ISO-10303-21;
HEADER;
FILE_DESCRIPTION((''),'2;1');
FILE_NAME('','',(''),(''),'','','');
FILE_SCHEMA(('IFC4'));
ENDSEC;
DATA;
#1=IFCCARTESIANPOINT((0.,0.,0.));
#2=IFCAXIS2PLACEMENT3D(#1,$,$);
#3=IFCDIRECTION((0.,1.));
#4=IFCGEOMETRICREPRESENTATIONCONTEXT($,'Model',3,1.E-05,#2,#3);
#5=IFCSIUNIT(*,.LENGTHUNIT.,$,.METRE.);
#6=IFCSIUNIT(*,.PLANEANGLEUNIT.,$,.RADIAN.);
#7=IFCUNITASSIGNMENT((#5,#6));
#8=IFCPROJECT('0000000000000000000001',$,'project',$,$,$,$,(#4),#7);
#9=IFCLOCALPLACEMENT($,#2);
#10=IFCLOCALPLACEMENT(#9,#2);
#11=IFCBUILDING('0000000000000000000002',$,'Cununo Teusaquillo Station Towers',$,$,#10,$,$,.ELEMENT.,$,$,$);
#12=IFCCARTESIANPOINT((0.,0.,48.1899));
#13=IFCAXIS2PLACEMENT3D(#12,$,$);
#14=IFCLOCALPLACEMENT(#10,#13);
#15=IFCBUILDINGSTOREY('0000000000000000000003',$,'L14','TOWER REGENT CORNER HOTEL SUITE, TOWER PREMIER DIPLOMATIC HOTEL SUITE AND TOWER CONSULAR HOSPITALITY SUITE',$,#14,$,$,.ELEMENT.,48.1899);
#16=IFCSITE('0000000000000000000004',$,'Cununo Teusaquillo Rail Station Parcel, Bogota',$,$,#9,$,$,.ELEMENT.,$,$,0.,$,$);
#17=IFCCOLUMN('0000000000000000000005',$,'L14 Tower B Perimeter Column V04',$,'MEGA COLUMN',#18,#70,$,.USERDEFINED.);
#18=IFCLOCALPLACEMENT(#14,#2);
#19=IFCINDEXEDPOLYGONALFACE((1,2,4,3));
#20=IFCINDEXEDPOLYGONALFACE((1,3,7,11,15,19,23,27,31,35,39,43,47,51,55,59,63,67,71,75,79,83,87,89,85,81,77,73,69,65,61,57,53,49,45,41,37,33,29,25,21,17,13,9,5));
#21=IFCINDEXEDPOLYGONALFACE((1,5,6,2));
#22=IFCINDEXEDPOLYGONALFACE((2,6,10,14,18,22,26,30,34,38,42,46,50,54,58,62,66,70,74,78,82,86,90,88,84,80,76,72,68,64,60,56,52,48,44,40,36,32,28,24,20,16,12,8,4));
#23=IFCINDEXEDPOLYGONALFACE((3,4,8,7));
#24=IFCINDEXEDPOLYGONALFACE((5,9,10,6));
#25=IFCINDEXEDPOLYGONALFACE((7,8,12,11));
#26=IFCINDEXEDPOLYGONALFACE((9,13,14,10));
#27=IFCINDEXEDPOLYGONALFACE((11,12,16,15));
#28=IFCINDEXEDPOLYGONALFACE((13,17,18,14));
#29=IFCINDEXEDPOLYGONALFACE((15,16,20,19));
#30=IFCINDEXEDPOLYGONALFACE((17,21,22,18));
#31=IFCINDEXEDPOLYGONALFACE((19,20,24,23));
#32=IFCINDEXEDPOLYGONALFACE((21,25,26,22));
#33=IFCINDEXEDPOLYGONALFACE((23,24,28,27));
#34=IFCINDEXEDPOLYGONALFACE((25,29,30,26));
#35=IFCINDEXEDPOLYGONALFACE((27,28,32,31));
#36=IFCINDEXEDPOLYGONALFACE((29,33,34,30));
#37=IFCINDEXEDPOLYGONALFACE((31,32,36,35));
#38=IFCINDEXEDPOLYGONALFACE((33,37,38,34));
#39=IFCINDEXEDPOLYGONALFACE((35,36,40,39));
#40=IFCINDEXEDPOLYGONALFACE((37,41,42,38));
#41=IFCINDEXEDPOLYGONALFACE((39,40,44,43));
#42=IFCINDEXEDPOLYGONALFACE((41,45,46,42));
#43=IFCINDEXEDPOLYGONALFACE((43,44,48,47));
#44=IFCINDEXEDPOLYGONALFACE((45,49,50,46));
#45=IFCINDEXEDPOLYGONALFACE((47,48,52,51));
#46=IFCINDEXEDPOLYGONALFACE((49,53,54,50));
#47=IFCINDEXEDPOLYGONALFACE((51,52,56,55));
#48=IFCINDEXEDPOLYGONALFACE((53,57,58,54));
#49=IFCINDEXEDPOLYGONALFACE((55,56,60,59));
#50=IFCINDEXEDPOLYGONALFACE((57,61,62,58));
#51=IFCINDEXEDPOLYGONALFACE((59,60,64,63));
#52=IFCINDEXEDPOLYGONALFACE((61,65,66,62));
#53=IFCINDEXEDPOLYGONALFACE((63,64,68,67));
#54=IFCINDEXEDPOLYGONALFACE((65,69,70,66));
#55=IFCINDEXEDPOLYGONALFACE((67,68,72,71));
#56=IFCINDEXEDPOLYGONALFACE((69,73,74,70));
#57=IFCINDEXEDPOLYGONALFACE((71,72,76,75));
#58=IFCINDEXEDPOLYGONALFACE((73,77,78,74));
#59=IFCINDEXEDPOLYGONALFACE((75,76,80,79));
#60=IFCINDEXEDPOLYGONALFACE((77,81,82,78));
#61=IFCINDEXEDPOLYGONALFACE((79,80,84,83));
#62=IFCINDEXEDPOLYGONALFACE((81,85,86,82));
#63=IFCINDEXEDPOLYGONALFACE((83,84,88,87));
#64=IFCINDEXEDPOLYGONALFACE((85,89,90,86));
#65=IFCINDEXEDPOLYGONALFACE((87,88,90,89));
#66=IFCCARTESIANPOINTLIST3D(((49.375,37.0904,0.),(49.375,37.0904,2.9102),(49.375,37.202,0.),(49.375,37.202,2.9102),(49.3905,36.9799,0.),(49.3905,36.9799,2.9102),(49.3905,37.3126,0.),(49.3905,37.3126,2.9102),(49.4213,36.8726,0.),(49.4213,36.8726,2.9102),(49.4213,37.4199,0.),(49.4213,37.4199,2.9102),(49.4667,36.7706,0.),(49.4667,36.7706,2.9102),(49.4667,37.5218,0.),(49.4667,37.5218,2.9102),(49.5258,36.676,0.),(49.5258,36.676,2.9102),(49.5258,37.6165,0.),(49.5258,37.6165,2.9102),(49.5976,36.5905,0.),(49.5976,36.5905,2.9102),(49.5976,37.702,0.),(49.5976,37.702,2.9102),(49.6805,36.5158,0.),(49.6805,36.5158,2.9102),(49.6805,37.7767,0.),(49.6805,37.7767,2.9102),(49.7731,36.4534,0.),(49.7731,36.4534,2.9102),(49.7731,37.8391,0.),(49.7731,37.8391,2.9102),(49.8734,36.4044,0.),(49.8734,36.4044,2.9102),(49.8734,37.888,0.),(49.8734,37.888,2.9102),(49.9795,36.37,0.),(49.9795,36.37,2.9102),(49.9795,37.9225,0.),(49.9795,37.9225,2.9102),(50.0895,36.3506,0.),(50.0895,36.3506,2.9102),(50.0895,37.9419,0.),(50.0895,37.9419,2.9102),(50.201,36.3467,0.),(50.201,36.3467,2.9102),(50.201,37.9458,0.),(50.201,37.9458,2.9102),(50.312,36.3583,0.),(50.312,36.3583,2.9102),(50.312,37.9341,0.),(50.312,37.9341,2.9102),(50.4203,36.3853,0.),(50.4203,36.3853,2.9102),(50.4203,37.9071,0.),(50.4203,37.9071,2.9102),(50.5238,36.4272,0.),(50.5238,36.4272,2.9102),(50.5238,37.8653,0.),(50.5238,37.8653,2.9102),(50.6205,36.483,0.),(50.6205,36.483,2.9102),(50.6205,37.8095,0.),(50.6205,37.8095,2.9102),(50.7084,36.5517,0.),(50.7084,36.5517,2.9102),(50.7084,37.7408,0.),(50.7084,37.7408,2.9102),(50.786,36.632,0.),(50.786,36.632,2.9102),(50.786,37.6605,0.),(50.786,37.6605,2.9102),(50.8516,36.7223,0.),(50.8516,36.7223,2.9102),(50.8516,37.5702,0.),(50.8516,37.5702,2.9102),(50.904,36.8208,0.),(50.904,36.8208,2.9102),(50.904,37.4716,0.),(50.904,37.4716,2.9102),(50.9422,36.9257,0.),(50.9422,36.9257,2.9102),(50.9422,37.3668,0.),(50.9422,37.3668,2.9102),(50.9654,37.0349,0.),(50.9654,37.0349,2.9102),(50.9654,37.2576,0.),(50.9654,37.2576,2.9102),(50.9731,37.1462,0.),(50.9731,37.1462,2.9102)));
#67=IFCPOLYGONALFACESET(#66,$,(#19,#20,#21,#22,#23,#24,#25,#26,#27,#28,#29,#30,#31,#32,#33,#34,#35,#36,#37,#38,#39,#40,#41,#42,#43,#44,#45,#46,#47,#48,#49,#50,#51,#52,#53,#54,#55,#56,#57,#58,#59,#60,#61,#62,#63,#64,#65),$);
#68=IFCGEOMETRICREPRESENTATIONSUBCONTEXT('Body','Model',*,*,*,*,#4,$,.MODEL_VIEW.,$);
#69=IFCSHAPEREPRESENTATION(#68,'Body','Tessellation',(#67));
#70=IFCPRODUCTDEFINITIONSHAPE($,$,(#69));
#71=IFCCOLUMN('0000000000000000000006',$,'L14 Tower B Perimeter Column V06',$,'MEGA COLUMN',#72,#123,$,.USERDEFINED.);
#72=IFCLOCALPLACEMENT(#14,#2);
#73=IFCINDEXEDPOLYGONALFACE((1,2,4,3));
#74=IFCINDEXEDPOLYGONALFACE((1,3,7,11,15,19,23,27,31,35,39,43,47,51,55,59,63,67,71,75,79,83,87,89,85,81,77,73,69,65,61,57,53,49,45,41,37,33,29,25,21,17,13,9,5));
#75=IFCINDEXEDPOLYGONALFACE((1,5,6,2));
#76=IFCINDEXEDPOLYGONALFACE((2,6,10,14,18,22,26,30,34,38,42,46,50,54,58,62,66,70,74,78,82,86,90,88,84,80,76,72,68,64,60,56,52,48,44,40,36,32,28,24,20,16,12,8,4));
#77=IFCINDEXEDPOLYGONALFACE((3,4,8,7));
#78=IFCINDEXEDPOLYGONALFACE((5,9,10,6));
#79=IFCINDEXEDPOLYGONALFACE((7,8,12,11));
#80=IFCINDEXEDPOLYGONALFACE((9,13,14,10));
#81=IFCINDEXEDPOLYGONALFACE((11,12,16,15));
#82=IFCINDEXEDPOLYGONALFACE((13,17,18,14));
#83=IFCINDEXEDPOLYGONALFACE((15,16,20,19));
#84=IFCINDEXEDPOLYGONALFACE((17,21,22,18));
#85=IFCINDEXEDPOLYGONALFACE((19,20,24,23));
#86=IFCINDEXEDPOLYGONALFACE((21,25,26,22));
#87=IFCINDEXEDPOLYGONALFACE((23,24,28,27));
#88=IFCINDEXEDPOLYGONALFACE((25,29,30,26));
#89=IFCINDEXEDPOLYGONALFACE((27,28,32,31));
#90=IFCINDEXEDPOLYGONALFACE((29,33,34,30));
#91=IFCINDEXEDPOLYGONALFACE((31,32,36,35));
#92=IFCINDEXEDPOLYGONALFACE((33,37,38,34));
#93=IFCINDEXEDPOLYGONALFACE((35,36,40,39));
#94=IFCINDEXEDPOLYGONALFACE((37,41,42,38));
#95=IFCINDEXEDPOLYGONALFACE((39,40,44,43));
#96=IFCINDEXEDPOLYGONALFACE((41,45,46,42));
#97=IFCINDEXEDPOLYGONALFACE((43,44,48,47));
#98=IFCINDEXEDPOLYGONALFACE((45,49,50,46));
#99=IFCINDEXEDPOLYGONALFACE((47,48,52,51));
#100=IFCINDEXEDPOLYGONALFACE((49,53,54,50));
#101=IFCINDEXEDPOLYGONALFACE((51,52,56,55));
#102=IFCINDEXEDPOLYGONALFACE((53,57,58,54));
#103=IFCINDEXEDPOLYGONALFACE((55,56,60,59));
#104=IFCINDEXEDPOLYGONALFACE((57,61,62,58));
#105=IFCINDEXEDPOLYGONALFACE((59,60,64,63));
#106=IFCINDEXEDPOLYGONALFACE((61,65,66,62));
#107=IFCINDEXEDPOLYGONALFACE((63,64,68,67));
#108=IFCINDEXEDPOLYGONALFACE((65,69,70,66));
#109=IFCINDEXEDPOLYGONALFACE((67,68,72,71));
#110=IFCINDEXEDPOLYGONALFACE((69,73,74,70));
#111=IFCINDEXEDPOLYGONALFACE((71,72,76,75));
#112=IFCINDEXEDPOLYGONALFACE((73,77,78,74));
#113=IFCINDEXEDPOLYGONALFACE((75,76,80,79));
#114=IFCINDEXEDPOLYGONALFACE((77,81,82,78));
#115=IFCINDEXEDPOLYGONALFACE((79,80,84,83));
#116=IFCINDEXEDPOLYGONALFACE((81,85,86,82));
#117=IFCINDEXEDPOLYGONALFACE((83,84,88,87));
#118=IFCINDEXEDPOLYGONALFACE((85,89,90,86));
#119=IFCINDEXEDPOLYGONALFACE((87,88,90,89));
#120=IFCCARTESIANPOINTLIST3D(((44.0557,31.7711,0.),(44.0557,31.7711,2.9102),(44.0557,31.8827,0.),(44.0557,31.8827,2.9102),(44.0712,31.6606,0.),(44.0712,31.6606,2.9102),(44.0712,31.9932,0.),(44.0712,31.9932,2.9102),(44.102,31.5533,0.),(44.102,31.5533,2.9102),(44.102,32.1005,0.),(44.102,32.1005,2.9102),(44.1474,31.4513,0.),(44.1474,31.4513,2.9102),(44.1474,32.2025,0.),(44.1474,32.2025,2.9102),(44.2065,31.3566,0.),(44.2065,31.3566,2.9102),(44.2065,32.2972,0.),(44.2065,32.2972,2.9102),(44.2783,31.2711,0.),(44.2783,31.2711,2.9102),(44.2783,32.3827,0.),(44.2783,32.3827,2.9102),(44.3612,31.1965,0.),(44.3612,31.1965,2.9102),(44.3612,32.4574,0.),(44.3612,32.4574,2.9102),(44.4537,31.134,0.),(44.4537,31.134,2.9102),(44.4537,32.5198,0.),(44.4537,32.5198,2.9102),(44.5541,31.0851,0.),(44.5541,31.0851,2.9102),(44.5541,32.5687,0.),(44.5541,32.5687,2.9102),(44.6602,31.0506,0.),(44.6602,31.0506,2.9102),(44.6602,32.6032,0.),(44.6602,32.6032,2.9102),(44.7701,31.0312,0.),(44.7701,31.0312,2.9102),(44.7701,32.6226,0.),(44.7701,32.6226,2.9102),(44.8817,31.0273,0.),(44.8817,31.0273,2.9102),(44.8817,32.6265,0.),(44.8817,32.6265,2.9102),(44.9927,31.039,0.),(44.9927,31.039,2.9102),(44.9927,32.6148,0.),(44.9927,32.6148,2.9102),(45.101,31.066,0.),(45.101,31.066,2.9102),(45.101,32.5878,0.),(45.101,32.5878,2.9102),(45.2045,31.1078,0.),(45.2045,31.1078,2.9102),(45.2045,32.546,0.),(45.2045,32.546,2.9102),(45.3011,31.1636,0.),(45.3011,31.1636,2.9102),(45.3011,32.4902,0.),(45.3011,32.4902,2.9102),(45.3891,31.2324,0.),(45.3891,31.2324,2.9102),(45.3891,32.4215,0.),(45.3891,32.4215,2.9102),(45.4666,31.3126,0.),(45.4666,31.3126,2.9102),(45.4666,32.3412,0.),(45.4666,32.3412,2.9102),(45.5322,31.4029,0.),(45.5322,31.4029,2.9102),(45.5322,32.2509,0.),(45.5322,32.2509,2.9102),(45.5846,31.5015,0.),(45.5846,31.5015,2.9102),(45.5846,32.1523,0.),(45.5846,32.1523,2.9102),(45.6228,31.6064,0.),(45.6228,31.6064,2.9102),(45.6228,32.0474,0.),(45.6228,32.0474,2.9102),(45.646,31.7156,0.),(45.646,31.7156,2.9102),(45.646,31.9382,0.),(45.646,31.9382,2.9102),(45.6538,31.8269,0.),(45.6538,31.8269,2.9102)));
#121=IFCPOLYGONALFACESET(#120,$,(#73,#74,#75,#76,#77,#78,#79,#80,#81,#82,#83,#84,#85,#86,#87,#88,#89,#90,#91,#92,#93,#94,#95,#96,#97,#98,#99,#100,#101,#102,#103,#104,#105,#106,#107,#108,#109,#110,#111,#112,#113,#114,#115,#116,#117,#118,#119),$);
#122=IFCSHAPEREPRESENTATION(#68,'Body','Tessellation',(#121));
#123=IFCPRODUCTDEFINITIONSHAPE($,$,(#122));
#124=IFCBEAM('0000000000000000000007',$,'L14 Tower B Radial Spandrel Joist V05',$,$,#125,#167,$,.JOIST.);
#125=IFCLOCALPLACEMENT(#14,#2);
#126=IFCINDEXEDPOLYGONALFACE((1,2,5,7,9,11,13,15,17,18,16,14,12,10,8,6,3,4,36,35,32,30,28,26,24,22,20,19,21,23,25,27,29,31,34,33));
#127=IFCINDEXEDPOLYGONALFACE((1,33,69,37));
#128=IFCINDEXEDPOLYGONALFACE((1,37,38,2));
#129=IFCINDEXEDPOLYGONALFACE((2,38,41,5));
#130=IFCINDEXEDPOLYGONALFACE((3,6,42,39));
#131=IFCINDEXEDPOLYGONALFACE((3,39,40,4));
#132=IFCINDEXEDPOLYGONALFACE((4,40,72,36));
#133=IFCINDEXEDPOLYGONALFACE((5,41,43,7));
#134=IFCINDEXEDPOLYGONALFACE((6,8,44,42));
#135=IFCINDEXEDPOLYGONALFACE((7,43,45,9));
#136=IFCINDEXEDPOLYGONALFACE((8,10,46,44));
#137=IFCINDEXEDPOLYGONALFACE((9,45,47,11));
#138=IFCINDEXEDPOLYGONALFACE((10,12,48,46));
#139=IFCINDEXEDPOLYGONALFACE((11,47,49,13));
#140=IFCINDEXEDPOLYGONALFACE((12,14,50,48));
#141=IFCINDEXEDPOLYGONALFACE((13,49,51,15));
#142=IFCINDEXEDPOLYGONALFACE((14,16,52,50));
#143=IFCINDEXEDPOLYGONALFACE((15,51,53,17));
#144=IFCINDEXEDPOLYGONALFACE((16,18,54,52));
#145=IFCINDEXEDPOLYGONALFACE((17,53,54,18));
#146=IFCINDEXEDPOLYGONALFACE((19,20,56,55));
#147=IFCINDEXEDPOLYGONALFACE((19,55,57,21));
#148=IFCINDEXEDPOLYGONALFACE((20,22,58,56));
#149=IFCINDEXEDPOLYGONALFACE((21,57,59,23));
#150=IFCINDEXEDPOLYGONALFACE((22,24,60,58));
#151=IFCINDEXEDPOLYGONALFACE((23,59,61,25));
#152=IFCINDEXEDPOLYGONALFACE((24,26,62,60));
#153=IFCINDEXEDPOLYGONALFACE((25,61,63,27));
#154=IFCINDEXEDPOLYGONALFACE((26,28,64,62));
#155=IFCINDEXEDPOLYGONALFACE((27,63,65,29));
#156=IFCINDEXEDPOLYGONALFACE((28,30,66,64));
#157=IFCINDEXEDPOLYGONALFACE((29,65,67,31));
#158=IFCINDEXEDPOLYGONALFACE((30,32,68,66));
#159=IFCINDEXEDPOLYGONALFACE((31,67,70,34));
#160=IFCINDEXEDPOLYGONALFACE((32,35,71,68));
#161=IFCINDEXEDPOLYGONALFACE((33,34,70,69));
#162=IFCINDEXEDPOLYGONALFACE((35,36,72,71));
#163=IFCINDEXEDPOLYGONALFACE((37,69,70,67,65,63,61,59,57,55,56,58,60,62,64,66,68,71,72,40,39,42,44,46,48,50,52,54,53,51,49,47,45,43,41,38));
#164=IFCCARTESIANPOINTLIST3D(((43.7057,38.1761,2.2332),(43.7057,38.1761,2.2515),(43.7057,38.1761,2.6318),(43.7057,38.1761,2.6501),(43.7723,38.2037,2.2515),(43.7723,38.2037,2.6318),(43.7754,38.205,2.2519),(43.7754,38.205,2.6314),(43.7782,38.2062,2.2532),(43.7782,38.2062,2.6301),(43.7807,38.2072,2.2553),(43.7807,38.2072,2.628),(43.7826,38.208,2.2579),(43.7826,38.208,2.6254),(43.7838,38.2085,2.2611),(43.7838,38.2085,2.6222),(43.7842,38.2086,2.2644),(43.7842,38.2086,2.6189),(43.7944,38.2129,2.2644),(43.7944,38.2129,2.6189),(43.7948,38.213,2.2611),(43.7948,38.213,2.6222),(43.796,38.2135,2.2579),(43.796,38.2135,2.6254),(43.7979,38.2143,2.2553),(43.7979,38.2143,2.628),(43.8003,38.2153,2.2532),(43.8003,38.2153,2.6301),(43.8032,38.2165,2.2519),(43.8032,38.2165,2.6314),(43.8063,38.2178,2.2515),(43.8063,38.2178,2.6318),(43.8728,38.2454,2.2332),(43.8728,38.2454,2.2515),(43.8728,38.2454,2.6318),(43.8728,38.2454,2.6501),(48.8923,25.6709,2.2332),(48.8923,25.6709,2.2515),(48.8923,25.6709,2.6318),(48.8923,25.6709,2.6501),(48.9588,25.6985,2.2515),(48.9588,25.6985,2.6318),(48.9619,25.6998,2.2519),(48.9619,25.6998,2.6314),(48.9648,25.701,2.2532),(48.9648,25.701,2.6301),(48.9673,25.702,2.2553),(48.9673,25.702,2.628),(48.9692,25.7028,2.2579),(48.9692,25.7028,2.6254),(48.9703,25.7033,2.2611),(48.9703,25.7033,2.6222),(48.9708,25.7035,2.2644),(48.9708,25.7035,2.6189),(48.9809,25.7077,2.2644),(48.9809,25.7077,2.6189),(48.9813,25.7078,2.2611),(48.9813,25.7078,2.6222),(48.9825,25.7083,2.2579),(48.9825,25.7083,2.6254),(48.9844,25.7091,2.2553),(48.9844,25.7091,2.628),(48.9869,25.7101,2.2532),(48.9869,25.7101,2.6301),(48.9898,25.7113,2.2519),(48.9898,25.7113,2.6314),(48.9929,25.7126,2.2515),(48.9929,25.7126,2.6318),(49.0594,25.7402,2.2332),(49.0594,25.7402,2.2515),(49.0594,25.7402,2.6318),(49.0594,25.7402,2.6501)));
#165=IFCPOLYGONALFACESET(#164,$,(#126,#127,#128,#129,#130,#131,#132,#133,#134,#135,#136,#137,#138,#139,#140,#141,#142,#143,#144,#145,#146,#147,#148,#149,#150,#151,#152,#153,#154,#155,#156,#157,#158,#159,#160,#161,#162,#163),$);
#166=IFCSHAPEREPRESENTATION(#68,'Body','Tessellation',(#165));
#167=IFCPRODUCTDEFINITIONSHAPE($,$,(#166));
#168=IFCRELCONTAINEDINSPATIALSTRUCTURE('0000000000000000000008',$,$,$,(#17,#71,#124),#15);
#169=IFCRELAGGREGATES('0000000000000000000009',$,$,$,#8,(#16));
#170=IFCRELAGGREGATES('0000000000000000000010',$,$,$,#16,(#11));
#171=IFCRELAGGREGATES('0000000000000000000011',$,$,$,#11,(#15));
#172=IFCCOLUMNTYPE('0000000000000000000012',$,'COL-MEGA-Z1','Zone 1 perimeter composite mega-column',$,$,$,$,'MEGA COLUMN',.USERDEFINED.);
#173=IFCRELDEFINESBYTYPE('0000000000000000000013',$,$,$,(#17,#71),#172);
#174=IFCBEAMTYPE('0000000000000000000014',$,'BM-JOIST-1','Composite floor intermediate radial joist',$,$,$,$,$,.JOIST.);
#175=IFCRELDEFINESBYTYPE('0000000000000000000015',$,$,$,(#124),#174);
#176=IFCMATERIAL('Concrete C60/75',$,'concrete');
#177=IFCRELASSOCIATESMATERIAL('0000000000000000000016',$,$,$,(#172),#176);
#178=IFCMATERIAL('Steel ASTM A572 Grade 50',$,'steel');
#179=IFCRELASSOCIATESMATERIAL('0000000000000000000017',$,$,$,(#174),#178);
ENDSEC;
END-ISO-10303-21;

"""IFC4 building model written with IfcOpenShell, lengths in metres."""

from ifc_helpers import new_model, si_unit, direction, frame, origin, origin_2d, place, context, subcontext, project, spatial, circle, i_section, extrude, material, material_profile, profile_set, type_object, element, save


model = new_model("IFC4")

# Units and contexts
model_context = context("Model", 3, precision=1e-05, world=origin(), true_north=direction((0.0, 1.0)))
body_context = subcontext(model_context, "Body", "Model", "MODEL_VIEW")
ifc_project = project(units=[si_unit("LENGTHUNIT", "METRE"), si_unit("PLANEANGLEUNIT", "RADIAN")], contexts=[model_context])

# Site, building, storey
site_placement = place(None, origin())
site = spatial("IfcSite", under=ifc_project, at=site_placement, Name="Cununo Teusaquillo Rail Station Parcel, Bogota", CompositionType="ELEMENT", RefElevation=0.0)
building_placement = place(site_placement, origin())
building = spatial("IfcBuilding", under=site, at=building_placement, Name="Cununo Teusaquillo Station Towers", CompositionType="ELEMENT")
storey_placement = place(building_placement, frame((0.0, 0.0, 48.1899)))
storey = spatial("IfcBuildingStorey", under=building, at=storey_placement, Name="L14", Description="TOWER REGENT CORNER HOTEL SUITE, TOWER PREMIER DIPLOMATIC HOTEL SUITE AND TOWER CONSULAR HOSPITALITY SUITE", CompositionType="ELEMENT", Elevation=48.1899)

# Columns
ifc_material_1 = material(Name="Concrete C60/75", Category="concrete")
ifc_material_profile_1 = material_profile(ifc_material_1, circle(Radius=0.8, at=origin_2d()), Name="RC-CIRC-1600")
ifc_profile_set_1 = profile_set([ifc_material_profile_1], Name="Concrete C60/75")
column_type = type_object("IfcColumnType", Name="COL-MEGA-Z1", Description="Zone 1 perimeter composite mega-column", ElementType="MEGA COLUMN", PredefinedType="USERDEFINED", material=ifc_profile_set_1)
for number, where, z_axis, x_axis, name in (
    (1, (50.1731, 37.1462, 0.0), (0.0, 0.0, 1.0), (1.0, 0.0, 0.0), "L14 Tower B Perimeter Column V04"),
    (2, (44.8538, 31.8269, 0.0), (0.0, 0.0, 1.0), (1.0, 0.0, 0.0), "L14 Tower B Perimeter Column V06"),
):
    element("IfcColumn", number, at=place(storey_placement, frame(where, z_axis=z_axis, x_axis=x_axis)), inside=storey, type_object=column_type, Name=name, ObjectType="MEGA COLUMN", PredefinedType="USERDEFINED", context=body_context, shape_type="SweptSolid", body=[
        extrude(circle(Radius=0.8, at=origin_2d()), origin(), (0.0, 0.0, 1.0), 2.9102),
    ])

# Beam
ifc_material_2 = material(Name="Steel ASTM A572 Grade 50", Category="steel")
ifc_material_profile_2 = material_profile(ifc_material_2, i_section(OverallWidth=0.1809, OverallDepth=0.417, WebThickness=0.011, FlangeThickness=0.0183, FilletRadius=0.0129, at=origin_2d()), Name="W16X57")
ifc_profile_set_2 = profile_set([ifc_material_profile_2], Name="Steel ASTM A572 Grade 50")
beam_type_1 = type_object("IfcBeamType", Name="BM-JOIST-1", Description="Composite floor intermediate radial joist", PredefinedType="JOIST", material=ifc_profile_set_2)
beam_1_placement = place(storey_placement, frame((48.9758, 25.7056, 2.4417), z_axis=(-0.383108, 0.923704, 0.0), x_axis=(-0.923704, -0.383108, 0.0)))
element("IfcBeam", 3, at=beam_1_placement, inside=storey, type_object=beam_type_1, Name="L14 Tower B Radial Spandrel Joist V05", PredefinedType="JOIST", context=body_context, shape_type="SweptSolid", body=[
    extrude(i_section(OverallWidth=0.1809, OverallDepth=0.417, WebThickness=0.011, FlangeThickness=0.0183, FilletRadius=0.0129, at=origin_2d()), origin(), (0.0, 0.0, 1.0), 13.5381),
])

save(model, "model.ifc")
